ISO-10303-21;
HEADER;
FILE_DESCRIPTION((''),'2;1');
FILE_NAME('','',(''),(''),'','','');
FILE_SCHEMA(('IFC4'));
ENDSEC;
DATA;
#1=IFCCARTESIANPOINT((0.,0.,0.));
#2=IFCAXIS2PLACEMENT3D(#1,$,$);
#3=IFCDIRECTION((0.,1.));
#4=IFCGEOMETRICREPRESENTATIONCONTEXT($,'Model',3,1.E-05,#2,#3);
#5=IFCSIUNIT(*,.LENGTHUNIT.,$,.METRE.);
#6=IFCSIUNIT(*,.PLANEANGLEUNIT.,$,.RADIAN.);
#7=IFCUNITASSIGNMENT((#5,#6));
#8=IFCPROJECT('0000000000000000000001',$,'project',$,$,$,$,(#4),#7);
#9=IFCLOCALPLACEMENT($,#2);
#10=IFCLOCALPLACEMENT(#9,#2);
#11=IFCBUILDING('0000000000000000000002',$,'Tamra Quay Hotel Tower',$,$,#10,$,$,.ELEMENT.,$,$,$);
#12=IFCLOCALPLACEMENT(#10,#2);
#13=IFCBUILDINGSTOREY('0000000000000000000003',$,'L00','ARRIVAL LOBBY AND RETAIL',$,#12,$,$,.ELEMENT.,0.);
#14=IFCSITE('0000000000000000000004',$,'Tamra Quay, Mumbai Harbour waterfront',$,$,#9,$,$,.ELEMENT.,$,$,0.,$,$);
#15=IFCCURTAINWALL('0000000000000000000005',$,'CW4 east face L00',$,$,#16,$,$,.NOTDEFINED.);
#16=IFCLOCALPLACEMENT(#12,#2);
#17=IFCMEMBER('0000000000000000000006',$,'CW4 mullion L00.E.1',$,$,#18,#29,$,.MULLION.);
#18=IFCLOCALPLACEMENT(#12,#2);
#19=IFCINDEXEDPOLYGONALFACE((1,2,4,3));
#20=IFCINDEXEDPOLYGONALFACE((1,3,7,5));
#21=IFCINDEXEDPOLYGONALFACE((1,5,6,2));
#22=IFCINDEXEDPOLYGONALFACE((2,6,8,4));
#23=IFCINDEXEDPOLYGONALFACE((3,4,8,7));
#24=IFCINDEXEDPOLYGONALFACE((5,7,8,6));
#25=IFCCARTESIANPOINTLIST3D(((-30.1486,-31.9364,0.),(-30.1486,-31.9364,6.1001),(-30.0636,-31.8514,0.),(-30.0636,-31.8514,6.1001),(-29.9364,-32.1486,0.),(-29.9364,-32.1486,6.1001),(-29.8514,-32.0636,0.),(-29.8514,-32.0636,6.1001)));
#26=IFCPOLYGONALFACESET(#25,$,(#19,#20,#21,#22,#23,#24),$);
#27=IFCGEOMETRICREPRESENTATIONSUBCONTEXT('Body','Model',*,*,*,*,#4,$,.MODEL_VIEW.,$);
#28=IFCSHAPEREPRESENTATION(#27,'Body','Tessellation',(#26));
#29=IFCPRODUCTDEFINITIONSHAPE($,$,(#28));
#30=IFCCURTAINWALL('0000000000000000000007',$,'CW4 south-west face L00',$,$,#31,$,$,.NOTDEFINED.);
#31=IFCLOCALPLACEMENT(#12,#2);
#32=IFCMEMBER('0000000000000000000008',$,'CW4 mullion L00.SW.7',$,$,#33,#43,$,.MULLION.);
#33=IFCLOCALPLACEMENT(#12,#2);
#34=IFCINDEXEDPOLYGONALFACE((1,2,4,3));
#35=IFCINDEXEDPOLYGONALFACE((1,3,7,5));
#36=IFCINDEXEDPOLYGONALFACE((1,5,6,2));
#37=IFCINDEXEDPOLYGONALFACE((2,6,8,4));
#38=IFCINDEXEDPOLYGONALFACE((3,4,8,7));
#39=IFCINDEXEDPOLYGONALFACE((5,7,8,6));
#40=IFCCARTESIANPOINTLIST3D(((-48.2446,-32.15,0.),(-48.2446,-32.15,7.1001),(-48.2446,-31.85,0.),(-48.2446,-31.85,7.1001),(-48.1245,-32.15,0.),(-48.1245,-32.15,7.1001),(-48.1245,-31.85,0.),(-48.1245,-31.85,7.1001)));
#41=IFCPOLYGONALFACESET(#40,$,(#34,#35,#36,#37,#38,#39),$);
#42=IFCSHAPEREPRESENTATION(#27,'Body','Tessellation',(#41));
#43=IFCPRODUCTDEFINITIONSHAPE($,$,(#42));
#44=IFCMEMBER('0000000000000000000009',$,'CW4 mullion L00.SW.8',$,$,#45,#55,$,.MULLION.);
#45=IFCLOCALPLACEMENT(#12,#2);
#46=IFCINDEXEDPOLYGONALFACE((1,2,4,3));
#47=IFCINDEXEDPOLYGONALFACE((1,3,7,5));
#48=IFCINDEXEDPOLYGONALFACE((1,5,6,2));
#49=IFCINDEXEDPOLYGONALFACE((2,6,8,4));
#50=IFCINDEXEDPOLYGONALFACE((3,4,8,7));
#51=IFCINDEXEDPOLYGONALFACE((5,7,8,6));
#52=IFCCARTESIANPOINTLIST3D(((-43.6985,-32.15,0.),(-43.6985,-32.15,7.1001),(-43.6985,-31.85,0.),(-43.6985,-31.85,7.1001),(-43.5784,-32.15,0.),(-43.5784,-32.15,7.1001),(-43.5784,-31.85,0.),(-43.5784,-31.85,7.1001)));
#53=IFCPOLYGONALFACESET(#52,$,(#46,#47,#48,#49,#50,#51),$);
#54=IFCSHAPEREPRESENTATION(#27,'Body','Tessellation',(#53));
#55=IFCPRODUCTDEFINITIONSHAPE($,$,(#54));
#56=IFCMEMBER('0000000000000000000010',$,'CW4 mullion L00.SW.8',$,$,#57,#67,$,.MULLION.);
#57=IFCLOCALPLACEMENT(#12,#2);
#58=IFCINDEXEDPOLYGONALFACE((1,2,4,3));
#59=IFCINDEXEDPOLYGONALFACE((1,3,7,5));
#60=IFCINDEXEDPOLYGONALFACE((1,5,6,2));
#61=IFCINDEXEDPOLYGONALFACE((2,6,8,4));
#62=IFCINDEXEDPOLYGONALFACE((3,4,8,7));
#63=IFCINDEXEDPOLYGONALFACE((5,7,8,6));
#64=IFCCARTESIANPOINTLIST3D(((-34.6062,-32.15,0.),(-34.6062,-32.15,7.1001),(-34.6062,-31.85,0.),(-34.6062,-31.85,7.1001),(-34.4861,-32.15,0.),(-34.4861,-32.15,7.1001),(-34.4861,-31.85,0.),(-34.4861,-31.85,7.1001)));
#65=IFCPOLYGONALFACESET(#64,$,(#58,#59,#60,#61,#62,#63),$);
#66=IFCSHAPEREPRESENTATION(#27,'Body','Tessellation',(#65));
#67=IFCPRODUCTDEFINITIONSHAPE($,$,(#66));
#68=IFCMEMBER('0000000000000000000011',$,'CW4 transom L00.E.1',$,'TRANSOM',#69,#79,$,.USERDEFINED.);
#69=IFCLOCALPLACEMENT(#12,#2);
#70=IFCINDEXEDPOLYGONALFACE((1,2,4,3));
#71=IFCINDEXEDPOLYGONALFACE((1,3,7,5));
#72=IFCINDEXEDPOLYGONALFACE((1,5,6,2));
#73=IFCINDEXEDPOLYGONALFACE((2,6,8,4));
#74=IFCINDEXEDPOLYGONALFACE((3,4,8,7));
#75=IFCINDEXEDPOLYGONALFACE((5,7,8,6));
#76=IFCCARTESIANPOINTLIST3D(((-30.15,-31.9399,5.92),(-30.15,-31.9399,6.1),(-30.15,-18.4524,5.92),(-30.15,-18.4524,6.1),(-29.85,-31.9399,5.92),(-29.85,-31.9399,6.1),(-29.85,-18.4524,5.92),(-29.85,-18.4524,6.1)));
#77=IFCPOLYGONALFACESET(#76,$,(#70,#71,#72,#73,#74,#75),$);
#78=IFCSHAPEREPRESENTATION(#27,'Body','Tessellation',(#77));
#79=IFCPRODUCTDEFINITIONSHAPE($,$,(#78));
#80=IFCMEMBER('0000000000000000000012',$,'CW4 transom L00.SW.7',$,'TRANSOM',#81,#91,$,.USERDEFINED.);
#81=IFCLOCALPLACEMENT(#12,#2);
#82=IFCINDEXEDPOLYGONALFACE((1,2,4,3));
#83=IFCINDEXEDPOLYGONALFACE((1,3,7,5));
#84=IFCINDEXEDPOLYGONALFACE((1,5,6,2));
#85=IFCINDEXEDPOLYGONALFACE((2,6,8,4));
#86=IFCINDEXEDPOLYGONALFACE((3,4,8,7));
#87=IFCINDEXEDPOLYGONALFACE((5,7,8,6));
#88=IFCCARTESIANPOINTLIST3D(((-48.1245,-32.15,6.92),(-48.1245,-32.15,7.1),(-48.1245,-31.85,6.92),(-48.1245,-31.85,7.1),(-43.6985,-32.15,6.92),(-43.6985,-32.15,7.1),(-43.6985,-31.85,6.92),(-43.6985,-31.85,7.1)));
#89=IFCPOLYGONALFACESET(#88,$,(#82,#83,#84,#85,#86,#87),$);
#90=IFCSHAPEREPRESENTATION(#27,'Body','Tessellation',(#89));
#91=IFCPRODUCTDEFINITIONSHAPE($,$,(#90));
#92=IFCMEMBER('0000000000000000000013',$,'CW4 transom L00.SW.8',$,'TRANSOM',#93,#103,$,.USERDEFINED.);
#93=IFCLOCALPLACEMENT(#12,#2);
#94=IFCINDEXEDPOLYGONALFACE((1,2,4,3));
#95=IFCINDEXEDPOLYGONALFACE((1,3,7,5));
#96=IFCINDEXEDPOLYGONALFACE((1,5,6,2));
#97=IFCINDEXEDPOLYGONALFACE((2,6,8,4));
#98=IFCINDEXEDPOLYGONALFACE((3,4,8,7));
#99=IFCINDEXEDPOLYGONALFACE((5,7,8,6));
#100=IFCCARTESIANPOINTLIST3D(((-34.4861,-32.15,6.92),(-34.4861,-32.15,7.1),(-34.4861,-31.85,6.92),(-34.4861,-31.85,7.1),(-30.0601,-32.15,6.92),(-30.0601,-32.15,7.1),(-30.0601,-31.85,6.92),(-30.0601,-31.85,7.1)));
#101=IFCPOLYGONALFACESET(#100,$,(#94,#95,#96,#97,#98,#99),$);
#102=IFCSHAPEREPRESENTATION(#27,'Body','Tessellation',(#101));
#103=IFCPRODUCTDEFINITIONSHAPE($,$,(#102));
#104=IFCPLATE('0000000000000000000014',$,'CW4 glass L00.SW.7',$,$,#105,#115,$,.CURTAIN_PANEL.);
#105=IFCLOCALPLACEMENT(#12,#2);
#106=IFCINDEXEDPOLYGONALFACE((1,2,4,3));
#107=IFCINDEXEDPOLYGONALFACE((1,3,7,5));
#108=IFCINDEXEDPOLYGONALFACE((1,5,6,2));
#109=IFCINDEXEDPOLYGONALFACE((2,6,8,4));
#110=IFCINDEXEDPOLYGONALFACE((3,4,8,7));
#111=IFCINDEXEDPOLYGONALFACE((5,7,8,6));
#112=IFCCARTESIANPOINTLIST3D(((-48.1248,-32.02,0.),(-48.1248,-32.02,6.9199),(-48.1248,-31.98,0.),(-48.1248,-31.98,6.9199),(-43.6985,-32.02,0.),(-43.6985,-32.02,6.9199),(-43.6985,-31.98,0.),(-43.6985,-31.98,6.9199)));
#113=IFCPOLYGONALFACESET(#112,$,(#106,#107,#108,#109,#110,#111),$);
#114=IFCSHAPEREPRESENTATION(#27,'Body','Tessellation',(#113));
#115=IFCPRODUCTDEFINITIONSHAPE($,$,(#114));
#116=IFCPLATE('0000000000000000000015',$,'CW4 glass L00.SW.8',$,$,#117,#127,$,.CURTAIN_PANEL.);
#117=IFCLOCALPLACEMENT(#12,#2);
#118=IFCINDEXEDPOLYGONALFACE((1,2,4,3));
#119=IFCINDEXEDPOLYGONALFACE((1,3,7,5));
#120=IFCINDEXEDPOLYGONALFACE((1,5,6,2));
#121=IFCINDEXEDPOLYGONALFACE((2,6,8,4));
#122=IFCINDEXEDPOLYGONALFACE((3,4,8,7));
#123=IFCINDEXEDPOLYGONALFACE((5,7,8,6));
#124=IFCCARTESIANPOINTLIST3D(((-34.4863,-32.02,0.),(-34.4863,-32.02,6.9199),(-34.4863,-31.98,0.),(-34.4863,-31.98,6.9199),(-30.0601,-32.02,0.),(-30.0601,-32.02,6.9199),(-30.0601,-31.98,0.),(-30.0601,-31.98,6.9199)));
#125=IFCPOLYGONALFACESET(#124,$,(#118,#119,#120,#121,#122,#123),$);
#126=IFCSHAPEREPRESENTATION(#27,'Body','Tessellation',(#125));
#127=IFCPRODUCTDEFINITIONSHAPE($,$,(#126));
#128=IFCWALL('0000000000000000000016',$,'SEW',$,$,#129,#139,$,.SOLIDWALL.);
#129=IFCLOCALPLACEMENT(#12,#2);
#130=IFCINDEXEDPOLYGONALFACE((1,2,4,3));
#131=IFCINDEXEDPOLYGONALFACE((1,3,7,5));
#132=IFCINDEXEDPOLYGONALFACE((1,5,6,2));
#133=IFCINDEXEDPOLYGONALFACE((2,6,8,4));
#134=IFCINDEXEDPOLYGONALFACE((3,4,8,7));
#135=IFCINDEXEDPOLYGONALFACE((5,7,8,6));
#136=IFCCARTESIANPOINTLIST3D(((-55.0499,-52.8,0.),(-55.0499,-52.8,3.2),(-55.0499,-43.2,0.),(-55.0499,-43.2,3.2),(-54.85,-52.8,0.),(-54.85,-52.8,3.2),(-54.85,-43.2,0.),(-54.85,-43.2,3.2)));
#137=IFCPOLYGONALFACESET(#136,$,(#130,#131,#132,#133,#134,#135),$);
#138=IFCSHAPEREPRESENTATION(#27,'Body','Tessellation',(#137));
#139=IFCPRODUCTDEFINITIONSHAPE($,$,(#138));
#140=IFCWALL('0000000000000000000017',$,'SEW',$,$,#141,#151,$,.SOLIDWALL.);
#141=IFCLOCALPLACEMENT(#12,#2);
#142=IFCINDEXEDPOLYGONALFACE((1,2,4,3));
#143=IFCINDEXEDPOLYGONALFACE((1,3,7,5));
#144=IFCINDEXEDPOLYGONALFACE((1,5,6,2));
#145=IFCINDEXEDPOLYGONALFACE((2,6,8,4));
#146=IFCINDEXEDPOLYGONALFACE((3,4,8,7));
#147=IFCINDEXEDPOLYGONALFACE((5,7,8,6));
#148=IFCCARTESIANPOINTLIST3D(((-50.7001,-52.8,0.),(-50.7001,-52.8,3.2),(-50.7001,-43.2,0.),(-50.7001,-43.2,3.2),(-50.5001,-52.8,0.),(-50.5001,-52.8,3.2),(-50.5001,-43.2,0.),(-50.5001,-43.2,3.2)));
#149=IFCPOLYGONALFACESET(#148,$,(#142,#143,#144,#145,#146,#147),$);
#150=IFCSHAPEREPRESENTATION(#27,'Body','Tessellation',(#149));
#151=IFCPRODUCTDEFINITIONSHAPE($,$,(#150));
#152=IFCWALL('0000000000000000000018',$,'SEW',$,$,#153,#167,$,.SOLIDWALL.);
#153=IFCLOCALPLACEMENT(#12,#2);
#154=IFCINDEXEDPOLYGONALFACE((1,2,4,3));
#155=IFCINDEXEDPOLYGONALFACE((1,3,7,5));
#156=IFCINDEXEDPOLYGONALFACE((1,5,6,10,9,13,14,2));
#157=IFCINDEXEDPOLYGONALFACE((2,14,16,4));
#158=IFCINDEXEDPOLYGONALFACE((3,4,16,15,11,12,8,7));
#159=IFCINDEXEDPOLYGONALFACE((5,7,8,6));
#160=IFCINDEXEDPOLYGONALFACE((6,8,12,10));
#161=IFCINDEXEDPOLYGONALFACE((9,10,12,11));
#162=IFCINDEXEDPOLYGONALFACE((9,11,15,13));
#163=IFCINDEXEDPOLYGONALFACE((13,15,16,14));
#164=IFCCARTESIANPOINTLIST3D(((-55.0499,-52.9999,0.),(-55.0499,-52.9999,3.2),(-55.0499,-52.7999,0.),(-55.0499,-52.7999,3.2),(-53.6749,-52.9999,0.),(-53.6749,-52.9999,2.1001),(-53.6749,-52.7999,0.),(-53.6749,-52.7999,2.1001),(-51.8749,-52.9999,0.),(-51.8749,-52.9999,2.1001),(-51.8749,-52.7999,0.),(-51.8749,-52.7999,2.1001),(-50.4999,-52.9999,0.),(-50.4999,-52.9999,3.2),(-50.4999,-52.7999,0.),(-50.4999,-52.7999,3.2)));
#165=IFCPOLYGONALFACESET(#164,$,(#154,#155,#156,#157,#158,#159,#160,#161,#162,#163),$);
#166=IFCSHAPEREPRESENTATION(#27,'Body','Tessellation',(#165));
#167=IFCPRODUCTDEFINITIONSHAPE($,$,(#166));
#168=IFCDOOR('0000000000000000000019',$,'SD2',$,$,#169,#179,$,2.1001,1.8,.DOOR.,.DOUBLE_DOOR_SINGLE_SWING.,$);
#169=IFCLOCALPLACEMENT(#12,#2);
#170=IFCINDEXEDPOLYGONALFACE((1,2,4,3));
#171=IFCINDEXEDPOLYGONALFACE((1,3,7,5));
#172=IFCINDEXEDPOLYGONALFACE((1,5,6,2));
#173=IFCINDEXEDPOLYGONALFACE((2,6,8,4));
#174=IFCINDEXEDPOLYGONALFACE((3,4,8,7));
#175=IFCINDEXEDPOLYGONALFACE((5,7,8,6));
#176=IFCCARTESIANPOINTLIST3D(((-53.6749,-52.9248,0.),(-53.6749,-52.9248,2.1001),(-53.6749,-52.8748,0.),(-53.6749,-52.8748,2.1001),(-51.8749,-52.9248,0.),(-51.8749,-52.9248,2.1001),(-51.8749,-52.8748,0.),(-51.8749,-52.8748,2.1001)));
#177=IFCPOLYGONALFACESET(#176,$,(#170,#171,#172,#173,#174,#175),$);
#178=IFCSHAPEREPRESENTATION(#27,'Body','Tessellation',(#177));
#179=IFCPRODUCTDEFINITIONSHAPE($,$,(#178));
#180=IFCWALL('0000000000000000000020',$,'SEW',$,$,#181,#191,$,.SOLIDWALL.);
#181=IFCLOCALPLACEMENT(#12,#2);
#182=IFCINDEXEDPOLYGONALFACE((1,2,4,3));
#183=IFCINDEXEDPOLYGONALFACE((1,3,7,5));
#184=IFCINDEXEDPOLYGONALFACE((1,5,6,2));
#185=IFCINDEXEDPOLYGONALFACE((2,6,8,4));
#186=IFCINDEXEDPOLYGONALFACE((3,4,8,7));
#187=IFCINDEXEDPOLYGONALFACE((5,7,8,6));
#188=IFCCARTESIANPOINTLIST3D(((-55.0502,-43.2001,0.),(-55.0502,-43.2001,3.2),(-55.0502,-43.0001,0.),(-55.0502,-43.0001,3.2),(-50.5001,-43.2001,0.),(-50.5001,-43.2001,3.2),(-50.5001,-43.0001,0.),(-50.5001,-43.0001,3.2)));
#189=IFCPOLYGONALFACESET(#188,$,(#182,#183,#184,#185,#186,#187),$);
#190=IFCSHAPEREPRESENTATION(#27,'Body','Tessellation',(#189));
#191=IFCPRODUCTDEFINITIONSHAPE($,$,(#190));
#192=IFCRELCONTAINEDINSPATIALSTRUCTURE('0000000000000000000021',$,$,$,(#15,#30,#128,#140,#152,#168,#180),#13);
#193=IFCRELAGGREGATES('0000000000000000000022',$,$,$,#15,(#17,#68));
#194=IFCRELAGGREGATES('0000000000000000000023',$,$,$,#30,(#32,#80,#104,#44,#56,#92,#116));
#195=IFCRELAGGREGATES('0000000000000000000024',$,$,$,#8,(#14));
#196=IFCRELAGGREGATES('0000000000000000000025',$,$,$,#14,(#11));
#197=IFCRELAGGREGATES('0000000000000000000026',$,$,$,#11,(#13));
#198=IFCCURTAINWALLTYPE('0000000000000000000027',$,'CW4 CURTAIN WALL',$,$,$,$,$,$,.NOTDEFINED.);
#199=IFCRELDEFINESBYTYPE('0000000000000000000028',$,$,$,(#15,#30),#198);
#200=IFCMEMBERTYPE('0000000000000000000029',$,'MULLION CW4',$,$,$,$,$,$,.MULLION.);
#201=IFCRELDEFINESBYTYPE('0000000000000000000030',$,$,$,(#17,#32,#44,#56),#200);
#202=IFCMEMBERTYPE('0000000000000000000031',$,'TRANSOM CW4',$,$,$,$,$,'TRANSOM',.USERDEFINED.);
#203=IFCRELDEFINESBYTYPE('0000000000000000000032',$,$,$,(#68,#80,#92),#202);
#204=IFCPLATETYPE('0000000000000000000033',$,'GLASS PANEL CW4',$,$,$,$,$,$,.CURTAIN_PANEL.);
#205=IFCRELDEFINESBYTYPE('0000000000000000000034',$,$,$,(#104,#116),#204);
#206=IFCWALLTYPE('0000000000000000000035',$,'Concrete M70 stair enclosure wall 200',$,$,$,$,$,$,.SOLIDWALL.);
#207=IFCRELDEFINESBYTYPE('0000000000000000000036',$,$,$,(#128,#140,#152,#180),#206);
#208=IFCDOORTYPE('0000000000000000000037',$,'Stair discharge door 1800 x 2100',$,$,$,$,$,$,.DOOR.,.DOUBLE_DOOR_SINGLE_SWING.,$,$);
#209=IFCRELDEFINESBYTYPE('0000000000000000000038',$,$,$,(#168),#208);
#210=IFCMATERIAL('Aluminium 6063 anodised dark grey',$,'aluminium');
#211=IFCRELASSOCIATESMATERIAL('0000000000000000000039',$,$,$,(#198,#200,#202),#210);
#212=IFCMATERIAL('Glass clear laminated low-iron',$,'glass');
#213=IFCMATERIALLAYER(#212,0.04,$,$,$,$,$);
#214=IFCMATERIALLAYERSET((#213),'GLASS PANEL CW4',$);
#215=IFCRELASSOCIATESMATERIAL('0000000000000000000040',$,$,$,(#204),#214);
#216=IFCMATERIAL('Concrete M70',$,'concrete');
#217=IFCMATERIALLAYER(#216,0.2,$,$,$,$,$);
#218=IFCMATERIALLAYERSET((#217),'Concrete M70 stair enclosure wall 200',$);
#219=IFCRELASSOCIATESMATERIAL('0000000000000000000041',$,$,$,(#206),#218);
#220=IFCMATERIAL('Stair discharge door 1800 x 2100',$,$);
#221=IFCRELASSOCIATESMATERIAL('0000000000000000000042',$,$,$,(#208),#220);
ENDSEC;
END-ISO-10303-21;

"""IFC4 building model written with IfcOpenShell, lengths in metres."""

from ifc_helpers import new_model, si_unit, direction, frame, frame_2d, origin, origin_2d, place, context, subcontext, project, spatial, rectangle, extrude, material, layer, layer_set, material_profile, profile_set, type_object, element, fill, aggregate, save


model = new_model("IFC4")

# Units and contexts
model_context = context("Model", 3, precision=1e-05, world=origin(), true_north=direction((0.0, 1.0)))
body_context = subcontext(model_context, "Body", "Model", "MODEL_VIEW")
ifc_project = project(units=[si_unit("LENGTHUNIT", "METRE"), si_unit("PLANEANGLEUNIT", "RADIAN")], contexts=[model_context])

# Site, building, storey
site_placement = place(None, origin())
site = spatial("IfcSite", under=ifc_project, at=site_placement, Name="Tamra Quay, Mumbai Harbour waterfront", CompositionType="ELEMENT", RefElevation=0.0)
building_placement = place(site_placement, origin())
building = spatial("IfcBuilding", under=site, at=building_placement, Name="Tamra Quay Hotel Tower", CompositionType="ELEMENT")
storey_placement = place(building_placement, origin())
storey = spatial("IfcBuildingStorey", under=building, at=storey_placement, Name="L00", Description="ARRIVAL LOBBY AND RETAIL", CompositionType="ELEMENT", Elevation=0.0)

# Curtain wall, member
ifc_material_1 = material(Name="Aluminium 6063 anodised dark grey", Category="aluminium")
curtain_wall_type = type_object("IfcCurtainWallType", Name="CW4 CURTAIN WALL", PredefinedType="NOTDEFINED", material=ifc_material_1)
curtain_wall_1_placement = place(storey_placement, origin())
curtain_wall_1 = element("IfcCurtainWall", 1, at=curtain_wall_1_placement, inside=storey, type_object=curtain_wall_type, Name="CW4 east face L00", PredefinedType="NOTDEFINED")
ifc_material_profile_1 = material_profile(ifc_material_1, rectangle(XDim=0.3, YDim=0.1201, at=origin_2d()), Name="MULLION 120X300")
ifc_profile_set_1 = profile_set([ifc_material_profile_1], Name="Aluminium 6063 anodised dark grey")
member_type_1 = type_object("IfcMemberType", Name="MULLION CW4", PredefinedType="MULLION", material=ifc_profile_set_1)
member_1_placement = place(storey_placement, frame((-30.0, -32.0, 0.0), z_axis=(0.0, 0.0, 1.0), x_axis=(0.707107, -0.707107, 0.0)))
member_1 = element("IfcMember", 2, at=member_1_placement, type_object=member_type_1, Name="CW4 mullion L00.E.1", PredefinedType="MULLION", context=body_context, shape_type="SweptSolid", body=[
    extrude(rectangle(XDim=0.3, YDim=0.1201, at=origin_2d()), origin(), (0.0, 0.0, 1.0), 6.1001),
])

# Curtain wall, members
curtain_wall_2_placement = place(storey_placement, origin())
curtain_wall_2 = element("IfcCurtainWall", 3, at=curtain_wall_2_placement, inside=storey, type_object=curtain_wall_type, Name="CW4 south-west face L00", PredefinedType="NOTDEFINED")
member_2_placement = place(storey_placement, frame((-48.1846, -32.0, 0.0), z_axis=(0.0, 0.0, 1.0), x_axis=(0.0, -1.0, 0.0)))
member_2 = element("IfcMember", 4, at=member_2_placement, type_object=member_type_1, Name="CW4 mullion L00.SW.7", PredefinedType="MULLION", context=body_context, shape_type="SweptSolid", body=[
    extrude(rectangle(XDim=0.3, YDim=0.1201, at=origin_2d()), origin(), (0.0, 0.0, 1.0), 7.1001),
])
member_3_placement = place(storey_placement, frame((-43.6384, -32.0, 0.0), z_axis=(0.0, 0.0, 1.0), x_axis=(0.0, -1.0, 0.0)))
member_3 = element("IfcMember", 5, at=member_3_placement, type_object=member_type_1, Name="CW4 mullion L00.SW.8", PredefinedType="MULLION", context=body_context, shape_type="SweptSolid", body=[
    extrude(rectangle(XDim=0.3, YDim=0.1201, at=origin_2d()), origin(), (0.0, 0.0, 1.0), 7.1001),
])
member_4_placement = place(storey_placement, frame((-34.5461, -32.0, 0.0), z_axis=(0.0, 0.0, 1.0), x_axis=(0.0, -1.0, 0.0)))
member_4 = element("IfcMember", 6, at=member_4_placement, type_object=member_type_1, Name="CW4 mullion L00.SW.8", PredefinedType="MULLION", context=body_context, shape_type="SweptSolid", body=[
    extrude(rectangle(XDim=0.3, YDim=0.1201, at=origin_2d()), origin(), (0.0, 0.0, 1.0), 7.1001),
])

# Members
ifc_material_profile_2 = material_profile(ifc_material_1, rectangle(XDim=0.3, YDim=0.1799, at=origin_2d()), Name="TRANSOM 300X180")
ifc_profile_set_2 = profile_set([ifc_material_profile_2], Name="Aluminium 6063 anodised dark grey")
member_type_2 = type_object("IfcMemberType", Name="TRANSOM CW4", ElementType="TRANSOM", PredefinedType="USERDEFINED", material=ifc_profile_set_2)
member_5_placement = place(storey_placement, frame((-30.0, -31.9399, 6.01), z_axis=(0.0, 1.0, 0.0), x_axis=(-1.0, 0.0, 0.0)))
member_5 = element("IfcMember", 7, at=member_5_placement, type_object=member_type_2, Name="CW4 transom L00.E.1", ObjectType="TRANSOM", PredefinedType="USERDEFINED", context=body_context, shape_type="SweptSolid", body=[
    extrude(rectangle(XDim=0.3, YDim=0.1799, at=origin_2d()), origin(), (0.0, 0.0, 1.0), 13.4875),
])
aggregate(curtain_wall_1, [member_1, member_5])
member_6_placement = place(storey_placement, frame((-48.1245, -32.0, 7.01), z_axis=(1.0, 0.0, 0.0), x_axis=(0.0, 1.0, 0.0)))
member_6 = element("IfcMember", 8, at=member_6_placement, type_object=member_type_2, Name="CW4 transom L00.SW.7", ObjectType="TRANSOM", PredefinedType="USERDEFINED", context=body_context, shape_type="SweptSolid", body=[
    extrude(rectangle(XDim=0.3, YDim=0.1799, at=origin_2d()), origin(), (0.0, 0.0, 1.0), 4.426),
])
member_7_placement = place(storey_placement, frame((-34.4861, -32.0, 7.01), z_axis=(1.0, 0.0, 0.0), x_axis=(0.0, 1.0, 0.0)))
member_7 = element("IfcMember", 9, at=member_7_placement, type_object=member_type_2, Name="CW4 transom L00.SW.8", ObjectType="TRANSOM", PredefinedType="USERDEFINED", context=body_context, shape_type="SweptSolid", body=[
    extrude(rectangle(XDim=0.3, YDim=0.1799, at=origin_2d()), origin(), (0.0, 0.0, 1.0), 4.426),
])

# Plates
ifc_material_2 = material(Name="Glass clear laminated low-iron", Category="glass")
ifc_layer_1 = layer(ifc_material_2, 0.04)
ifc_layer_set_1 = layer_set([ifc_layer_1], Name="GLASS PANEL CW4")
plate_type = type_object("IfcPlateType", Name="GLASS PANEL CW4", PredefinedType="CURTAIN_PANEL", material=ifc_layer_set_1)
plate_1_placement = place(storey_placement, frame((-45.9116, -32.0, 0.0), z_axis=(0.0, 0.0, 1.0), x_axis=(1.0, 0.0, 0.0)))
plate_1 = element("IfcPlate", 10, at=plate_1_placement, type_object=plate_type, Name="CW4 glass L00.SW.7", PredefinedType="CURTAIN_PANEL", context=body_context, shape_type="SweptSolid", body=[
    extrude(rectangle(XDim=4.4263, YDim=0.04, at=origin_2d()), origin(), (0.0, 0.0, 1.0), 6.9199),
])
plate_2_placement = place(storey_placement, frame((-32.2732, -32.0, 0.0), z_axis=(0.0, 0.0, 1.0), x_axis=(1.0, 0.0, 0.0)))
plate_2 = element("IfcPlate", 11, at=plate_2_placement, type_object=plate_type, Name="CW4 glass L00.SW.8", PredefinedType="CURTAIN_PANEL", context=body_context, shape_type="SweptSolid", body=[
    extrude(rectangle(XDim=4.4263, YDim=0.04, at=origin_2d()), origin(), (0.0, 0.0, 1.0), 6.9199),
])
aggregate(curtain_wall_2, [member_2, member_6, plate_1, member_3, member_4, member_7, plate_2])

# Walls
ifc_material_3 = material(Name="Concrete M70", Category="concrete")
ifc_layer_2 = layer(ifc_material_3, 0.2)
ifc_layer_set_2 = layer_set([ifc_layer_2], Name="Concrete M70 stair enclosure wall 200")
wall_type_1 = type_object("IfcWallType", Name="Concrete M70 stair enclosure wall 200", PredefinedType="SOLIDWALL", material=ifc_layer_set_2)
for number, where, z_axis, x_axis, name in (
    (12, (-54.95, -52.8, 0.0), (0.0, 0.0, 1.0), (0.0, 1.0, 0.0), "SEW"),
    (13, (-50.6001, -52.8, 0.0), (0.0, 0.0, 1.0), (0.0, 1.0, 0.0), "SEW"),
):
    element("IfcWall", number, at=place(storey_placement, frame(where, z_axis=z_axis, x_axis=x_axis)), inside=storey, type_object=wall_type_1, Name=name, PredefinedType="SOLIDWALL", context=body_context, shape_type="SweptSolid", body=[
        extrude(rectangle(XDim=9.6001, YDim=0.2, at=frame_2d((4.8, 0.0))), origin(), (0.0, 0.0, 1.0), 3.2),
    ])

# Wall, opening, door
wall_1_placement = place(storey_placement, frame((-50.5, -52.8999, 0.0), z_axis=(0.0, 0.0, 1.0), x_axis=(-1.0, 0.0, 0.0)))
wall_1 = element("IfcWall", 14, at=wall_1_placement, inside=storey, type_object=wall_type_1, Name="SEW", PredefinedType="SOLIDWALL", context=body_context, shape_type="SweptSolid", body=[
    extrude(rectangle(XDim=4.55, YDim=0.2, at=frame_2d((2.2749, 0.0))), origin(), (0.0, 0.0, 1.0), 3.2),
])
opening_placement = place(wall_1_placement, frame((1.375, 0.0, 0.0)))
opening = element("IfcOpeningElement", 15, at=opening_placement, cuts=wall_1, PredefinedType="OPENING", context=body_context, shape_type="SweptSolid", body=[
    extrude(rectangle(XDim=1.8, YDim=2.1001, at=frame_2d((0.8999, 1.05))), frame((0.0, 0.1099, 0.0), z_axis=(0.0, -1.0, 0.0), x_axis=(1.0, 0.0, 0.0)), (0.0, 0.0, 1.0), 0.22),
])
ifc_material_4 = material(Name="Stair discharge door 1800 x 2100")
door_type = type_object("IfcDoorType", Name="Stair discharge door 1800 x 2100", OperationType="DOUBLE_DOOR_SINGLE_SWING", PredefinedType="DOOR", material=ifc_material_4)
door_placement = place(opening_placement, origin())
door = element("IfcDoor", 16, at=door_placement, inside=storey, type_object=door_type, Name="SD2", OperationType="DOUBLE_DOOR_SINGLE_SWING", OverallHeight=2.1001, OverallWidth=1.8, PredefinedType="DOOR", context=body_context, shape_type="SweptSolid", body=[
    extrude(rectangle(XDim=1.8, YDim=2.1001, at=frame_2d((0.8999, 1.05))), frame((0.0, 0.0249, 0.0), z_axis=(0.0, -1.0, 0.0), x_axis=(1.0, 0.0, 0.0)), (0.0, 0.0, 1.0), 0.05),
])
fill(opening, door)

# Wall
wall_2_placement = place(storey_placement, frame((-55.05, -43.1001, 0.0), z_axis=(0.0, 0.0, 1.0), x_axis=(1.0, 0.0, 0.0)))
element("IfcWall", 17, at=wall_2_placement, inside=storey, type_object=wall_type_1, Name="SEW", PredefinedType="SOLIDWALL", context=body_context, shape_type="SweptSolid", body=[
    extrude(rectangle(XDim=4.55, YDim=0.2, at=frame_2d((2.2749, 0.0))), origin(), (0.0, 0.0, 1.0), 3.2),
])

save(model, "model.ifc")
